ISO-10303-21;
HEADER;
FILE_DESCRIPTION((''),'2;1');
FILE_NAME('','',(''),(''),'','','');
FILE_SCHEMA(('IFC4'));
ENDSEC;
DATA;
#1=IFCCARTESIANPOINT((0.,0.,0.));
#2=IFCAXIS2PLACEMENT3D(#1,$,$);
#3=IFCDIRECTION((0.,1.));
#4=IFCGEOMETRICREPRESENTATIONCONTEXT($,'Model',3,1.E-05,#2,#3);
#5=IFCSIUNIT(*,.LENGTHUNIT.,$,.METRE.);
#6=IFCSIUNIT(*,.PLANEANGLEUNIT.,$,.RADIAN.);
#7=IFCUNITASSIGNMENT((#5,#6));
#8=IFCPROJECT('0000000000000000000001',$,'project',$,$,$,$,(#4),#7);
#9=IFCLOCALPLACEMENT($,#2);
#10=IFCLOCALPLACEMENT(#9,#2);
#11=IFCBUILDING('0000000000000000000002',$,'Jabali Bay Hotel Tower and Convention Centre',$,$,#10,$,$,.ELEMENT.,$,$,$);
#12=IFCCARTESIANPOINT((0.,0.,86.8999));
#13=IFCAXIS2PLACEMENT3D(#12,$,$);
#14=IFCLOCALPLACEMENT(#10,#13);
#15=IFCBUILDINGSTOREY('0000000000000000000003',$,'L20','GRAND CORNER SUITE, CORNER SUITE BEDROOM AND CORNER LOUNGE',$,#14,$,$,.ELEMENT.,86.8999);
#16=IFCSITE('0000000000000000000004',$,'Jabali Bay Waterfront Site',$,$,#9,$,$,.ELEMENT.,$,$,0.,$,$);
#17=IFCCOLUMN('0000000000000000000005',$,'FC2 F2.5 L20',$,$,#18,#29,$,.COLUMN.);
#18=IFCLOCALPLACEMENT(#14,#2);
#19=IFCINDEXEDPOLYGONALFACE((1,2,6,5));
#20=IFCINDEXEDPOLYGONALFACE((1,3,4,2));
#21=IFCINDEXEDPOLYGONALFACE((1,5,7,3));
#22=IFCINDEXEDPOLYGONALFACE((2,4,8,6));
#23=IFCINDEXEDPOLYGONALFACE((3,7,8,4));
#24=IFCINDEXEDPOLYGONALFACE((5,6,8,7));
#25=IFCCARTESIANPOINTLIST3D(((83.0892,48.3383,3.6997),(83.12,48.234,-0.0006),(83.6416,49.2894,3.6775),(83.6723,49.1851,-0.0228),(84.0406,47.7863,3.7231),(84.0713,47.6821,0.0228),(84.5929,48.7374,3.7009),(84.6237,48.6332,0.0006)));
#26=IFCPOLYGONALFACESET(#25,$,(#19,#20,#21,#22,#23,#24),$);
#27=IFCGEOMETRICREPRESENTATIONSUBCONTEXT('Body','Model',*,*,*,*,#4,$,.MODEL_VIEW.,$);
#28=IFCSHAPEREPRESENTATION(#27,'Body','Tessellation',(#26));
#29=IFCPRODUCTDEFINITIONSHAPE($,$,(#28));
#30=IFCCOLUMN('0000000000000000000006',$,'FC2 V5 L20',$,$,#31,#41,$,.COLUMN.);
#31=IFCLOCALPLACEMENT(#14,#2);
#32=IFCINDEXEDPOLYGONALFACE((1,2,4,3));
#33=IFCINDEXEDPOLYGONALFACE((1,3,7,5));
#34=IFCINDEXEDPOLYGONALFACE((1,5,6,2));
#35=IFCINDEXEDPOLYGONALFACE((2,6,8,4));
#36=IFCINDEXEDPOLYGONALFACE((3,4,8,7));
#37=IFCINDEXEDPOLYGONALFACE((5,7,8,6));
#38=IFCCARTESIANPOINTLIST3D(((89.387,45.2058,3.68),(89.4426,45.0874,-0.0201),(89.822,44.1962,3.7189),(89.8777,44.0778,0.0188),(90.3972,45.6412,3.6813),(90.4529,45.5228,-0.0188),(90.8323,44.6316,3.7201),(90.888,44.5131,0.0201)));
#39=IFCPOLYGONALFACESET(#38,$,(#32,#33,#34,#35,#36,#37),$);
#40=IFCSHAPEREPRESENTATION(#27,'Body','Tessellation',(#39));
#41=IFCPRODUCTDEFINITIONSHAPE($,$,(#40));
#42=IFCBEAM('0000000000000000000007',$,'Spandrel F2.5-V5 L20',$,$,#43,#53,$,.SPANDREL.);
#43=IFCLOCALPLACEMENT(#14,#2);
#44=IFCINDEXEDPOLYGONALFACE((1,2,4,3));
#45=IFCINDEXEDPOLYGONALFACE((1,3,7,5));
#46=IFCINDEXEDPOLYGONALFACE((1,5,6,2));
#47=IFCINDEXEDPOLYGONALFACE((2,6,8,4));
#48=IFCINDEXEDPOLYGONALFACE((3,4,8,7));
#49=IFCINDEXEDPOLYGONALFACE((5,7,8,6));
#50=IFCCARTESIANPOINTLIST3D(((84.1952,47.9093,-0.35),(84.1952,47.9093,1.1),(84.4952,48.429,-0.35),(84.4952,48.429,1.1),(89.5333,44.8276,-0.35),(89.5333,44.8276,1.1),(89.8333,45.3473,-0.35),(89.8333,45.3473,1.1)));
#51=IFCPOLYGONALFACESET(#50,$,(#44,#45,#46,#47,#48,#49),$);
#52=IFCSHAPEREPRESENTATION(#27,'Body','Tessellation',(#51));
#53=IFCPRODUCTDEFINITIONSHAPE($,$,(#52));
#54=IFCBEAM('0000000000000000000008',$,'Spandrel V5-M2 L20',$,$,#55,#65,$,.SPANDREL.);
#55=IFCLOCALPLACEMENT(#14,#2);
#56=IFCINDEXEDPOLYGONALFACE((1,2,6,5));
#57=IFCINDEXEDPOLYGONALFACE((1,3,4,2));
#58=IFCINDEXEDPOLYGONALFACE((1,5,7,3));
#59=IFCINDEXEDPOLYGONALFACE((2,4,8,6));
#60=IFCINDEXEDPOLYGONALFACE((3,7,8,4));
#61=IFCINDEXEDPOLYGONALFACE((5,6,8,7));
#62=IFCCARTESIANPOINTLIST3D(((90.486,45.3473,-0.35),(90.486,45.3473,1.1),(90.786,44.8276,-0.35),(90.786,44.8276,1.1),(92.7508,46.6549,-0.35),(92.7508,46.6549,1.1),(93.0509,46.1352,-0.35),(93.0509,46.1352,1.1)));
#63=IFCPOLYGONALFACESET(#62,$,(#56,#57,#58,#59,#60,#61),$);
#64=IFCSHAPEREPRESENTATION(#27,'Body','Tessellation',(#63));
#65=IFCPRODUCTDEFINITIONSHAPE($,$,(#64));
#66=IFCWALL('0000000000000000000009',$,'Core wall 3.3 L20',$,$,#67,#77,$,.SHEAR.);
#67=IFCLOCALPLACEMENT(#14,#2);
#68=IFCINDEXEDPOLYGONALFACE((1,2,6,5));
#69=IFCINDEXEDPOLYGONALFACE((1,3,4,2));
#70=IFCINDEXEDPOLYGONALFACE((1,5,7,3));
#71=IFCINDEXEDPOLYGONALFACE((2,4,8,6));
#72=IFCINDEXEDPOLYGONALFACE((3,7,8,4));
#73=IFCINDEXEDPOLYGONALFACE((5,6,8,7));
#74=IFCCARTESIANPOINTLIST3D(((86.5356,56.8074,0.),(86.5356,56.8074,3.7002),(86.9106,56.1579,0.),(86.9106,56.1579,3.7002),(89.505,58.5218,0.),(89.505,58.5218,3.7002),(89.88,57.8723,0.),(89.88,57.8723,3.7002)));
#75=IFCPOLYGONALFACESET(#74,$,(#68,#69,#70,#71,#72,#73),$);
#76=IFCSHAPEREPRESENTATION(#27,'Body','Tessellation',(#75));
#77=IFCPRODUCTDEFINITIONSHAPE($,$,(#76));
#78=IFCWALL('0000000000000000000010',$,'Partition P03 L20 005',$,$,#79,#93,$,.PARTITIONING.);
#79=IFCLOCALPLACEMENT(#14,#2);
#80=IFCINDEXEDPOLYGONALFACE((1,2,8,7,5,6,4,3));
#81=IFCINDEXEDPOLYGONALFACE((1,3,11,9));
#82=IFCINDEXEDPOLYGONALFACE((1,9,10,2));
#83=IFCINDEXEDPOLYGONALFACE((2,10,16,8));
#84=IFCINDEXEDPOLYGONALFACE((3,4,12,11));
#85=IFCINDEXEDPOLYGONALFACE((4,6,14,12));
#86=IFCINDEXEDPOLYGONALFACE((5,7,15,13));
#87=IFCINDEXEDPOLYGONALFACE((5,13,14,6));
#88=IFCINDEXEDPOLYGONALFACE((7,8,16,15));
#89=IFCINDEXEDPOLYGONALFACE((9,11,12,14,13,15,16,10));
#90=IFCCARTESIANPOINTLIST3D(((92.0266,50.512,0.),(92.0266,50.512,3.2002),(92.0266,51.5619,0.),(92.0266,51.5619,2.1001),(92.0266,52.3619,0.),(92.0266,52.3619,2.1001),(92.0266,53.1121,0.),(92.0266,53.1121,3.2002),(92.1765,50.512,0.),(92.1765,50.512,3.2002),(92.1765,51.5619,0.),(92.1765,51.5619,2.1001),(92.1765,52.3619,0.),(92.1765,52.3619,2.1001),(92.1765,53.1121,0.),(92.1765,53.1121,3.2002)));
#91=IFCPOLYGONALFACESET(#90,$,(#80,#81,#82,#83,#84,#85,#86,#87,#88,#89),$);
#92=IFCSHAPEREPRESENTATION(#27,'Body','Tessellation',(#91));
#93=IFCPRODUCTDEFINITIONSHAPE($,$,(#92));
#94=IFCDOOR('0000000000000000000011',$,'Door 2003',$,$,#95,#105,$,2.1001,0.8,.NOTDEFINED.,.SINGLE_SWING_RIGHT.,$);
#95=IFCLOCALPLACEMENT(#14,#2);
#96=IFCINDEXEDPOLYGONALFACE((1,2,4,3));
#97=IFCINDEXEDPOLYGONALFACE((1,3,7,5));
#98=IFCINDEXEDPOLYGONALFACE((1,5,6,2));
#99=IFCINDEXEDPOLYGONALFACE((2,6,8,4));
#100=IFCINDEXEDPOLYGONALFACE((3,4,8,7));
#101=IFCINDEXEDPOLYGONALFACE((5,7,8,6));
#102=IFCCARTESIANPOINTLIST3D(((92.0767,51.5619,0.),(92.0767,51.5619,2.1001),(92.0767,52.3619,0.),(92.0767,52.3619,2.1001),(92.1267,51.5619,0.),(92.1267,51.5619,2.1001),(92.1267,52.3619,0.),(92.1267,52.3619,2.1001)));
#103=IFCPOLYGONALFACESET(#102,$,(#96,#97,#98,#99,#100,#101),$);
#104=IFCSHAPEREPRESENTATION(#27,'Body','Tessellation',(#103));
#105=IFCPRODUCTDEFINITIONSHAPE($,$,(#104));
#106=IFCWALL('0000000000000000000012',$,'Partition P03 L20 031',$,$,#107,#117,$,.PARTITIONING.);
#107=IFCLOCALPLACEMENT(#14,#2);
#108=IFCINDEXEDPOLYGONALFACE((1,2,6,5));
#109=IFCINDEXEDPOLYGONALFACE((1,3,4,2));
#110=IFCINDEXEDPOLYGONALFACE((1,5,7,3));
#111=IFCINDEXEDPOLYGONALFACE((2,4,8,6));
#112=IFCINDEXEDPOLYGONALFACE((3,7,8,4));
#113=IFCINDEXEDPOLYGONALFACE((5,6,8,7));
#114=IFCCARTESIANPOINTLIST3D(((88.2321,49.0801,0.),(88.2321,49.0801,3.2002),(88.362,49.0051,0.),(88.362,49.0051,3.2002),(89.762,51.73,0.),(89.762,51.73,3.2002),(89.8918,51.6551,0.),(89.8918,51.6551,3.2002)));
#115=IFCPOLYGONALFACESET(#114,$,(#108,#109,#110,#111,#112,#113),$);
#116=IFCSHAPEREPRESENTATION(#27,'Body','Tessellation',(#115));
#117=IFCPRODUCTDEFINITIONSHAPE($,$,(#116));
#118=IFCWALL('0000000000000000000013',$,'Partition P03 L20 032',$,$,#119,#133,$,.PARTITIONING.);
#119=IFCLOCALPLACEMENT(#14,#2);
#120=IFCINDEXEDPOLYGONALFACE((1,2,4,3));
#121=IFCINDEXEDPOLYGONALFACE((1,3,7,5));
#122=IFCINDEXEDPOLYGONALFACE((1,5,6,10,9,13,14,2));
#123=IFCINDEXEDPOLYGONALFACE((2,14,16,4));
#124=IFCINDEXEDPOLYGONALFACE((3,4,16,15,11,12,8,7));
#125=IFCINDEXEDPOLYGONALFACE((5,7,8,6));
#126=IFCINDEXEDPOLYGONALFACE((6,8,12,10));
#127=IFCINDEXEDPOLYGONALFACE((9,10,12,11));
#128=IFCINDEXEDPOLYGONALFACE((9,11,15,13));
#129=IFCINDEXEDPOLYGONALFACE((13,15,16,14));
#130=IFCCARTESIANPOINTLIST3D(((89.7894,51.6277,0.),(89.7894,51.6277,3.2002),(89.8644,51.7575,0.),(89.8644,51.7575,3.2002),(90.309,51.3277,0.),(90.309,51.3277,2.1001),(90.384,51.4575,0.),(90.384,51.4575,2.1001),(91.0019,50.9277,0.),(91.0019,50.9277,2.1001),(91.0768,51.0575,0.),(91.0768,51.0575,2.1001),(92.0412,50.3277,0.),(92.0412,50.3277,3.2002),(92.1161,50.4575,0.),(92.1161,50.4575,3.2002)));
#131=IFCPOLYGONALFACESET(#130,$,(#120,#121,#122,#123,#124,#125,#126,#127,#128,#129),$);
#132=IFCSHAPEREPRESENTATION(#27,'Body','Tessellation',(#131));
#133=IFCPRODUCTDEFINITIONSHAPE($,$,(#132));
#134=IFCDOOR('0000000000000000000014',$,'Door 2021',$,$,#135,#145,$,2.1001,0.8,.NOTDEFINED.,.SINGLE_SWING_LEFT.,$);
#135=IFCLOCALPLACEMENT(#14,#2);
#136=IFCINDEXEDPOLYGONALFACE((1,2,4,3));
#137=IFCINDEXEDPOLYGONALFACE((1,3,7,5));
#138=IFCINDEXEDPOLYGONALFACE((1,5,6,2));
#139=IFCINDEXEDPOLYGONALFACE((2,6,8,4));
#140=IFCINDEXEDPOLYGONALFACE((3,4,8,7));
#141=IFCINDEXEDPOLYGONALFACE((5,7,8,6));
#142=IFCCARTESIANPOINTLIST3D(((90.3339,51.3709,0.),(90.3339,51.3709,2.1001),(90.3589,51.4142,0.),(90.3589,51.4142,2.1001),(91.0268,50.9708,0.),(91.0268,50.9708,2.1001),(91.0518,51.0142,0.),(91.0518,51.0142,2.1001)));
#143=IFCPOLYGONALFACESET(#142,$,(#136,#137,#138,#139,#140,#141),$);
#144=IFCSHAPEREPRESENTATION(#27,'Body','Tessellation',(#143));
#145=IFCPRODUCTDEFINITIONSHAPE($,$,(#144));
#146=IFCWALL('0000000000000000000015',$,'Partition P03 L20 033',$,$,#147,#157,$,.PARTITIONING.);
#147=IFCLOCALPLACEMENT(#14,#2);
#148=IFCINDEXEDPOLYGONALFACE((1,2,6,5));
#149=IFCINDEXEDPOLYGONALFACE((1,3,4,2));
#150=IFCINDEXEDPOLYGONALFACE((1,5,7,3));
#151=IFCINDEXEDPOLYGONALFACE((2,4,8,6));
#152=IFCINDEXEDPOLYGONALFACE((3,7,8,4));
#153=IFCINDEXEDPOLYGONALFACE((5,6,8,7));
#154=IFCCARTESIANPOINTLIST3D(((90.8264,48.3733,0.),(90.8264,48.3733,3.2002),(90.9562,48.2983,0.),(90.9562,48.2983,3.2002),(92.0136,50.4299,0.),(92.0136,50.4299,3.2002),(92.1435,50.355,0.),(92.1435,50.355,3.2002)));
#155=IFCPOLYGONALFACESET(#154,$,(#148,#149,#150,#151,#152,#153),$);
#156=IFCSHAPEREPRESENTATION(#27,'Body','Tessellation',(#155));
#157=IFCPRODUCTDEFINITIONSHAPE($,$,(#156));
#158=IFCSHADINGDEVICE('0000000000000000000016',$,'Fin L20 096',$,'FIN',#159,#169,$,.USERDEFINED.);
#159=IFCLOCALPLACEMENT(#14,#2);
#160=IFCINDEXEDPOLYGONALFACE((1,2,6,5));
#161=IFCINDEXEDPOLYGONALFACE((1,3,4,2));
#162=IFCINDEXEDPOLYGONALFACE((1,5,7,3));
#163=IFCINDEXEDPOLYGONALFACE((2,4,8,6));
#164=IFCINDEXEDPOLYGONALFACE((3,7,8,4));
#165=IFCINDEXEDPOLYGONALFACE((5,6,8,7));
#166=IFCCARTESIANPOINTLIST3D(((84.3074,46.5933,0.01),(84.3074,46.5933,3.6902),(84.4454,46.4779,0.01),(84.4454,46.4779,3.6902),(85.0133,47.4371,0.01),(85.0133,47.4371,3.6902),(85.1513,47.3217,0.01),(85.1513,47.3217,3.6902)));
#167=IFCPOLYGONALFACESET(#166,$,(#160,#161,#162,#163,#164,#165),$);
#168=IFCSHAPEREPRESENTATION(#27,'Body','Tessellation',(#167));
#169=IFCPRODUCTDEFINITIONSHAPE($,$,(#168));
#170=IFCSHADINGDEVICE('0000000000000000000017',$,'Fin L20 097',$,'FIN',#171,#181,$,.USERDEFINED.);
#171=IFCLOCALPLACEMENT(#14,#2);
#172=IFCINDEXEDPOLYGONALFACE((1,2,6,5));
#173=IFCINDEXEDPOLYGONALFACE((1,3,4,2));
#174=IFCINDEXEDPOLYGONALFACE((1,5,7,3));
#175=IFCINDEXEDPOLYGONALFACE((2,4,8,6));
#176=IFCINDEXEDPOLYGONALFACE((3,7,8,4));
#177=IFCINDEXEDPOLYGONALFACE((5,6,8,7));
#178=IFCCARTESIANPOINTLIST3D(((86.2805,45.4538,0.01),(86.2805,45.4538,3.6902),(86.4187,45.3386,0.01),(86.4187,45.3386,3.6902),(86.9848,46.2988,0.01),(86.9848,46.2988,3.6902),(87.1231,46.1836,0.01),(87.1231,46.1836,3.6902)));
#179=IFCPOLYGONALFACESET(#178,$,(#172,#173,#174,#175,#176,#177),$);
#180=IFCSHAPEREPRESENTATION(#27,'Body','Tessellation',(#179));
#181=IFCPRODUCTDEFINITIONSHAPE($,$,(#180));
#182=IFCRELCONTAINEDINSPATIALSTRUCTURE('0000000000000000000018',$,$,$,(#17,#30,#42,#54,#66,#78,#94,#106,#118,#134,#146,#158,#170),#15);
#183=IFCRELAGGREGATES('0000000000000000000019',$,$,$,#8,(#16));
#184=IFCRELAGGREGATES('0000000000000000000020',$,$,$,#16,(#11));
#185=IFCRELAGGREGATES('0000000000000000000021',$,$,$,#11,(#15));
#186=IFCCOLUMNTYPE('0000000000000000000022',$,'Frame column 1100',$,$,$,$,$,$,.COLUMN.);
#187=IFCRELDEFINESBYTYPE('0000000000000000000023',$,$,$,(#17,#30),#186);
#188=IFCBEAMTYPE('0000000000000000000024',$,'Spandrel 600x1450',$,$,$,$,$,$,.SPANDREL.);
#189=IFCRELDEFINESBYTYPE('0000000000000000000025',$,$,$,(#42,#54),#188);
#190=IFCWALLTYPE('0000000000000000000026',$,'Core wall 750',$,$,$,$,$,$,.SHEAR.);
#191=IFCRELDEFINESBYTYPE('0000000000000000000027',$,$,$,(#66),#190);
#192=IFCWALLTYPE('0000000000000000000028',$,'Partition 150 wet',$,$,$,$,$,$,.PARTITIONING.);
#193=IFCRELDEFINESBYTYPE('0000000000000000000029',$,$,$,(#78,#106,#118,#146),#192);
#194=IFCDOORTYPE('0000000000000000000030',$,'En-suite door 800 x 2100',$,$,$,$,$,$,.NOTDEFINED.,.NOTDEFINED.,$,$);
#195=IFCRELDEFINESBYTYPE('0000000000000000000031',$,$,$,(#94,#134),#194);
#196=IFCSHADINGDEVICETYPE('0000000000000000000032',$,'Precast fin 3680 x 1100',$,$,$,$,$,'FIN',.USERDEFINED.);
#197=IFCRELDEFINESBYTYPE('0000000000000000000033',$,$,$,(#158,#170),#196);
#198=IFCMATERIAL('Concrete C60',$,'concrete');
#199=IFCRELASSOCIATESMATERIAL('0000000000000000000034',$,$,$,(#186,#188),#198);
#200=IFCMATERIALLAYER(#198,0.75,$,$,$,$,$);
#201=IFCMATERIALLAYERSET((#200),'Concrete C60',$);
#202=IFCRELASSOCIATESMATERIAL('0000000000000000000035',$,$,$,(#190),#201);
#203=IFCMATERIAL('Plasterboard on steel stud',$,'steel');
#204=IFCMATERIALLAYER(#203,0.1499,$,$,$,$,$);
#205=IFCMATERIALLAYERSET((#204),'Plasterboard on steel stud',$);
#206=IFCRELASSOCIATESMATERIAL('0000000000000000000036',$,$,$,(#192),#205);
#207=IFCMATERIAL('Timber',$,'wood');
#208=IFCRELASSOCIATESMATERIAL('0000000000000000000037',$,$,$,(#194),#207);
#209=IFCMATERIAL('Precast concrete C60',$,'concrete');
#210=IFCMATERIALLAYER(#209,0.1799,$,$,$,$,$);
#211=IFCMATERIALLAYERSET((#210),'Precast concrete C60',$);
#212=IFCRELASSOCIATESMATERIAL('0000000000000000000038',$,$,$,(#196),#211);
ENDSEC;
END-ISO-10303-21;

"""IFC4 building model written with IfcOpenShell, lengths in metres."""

from ifc_helpers import new_model, si_unit, direction, frame, frame_2d, origin, origin_2d, place, context, subcontext, project, spatial, rectangle, extrude, material, layer, layer_set, material_profile, profile_set, type_object, element, fill, save


model = new_model("IFC4")

# Units and contexts
model_context = context("Model", 3, precision=1e-05, world=origin(), true_north=direction((0.0, 1.0)))
body_context = subcontext(model_context, "Body", "Model", "MODEL_VIEW")
ifc_project = project(units=[si_unit("LENGTHUNIT", "METRE"), si_unit("PLANEANGLEUNIT", "RADIAN")], contexts=[model_context])

# Site, building, storey
site_placement = place(None, origin())
site = spatial("IfcSite", under=ifc_project, at=site_placement, Name="Jabali Bay Waterfront Site", CompositionType="ELEMENT", RefElevation=0.0)
building_placement = place(site_placement, origin())
building = spatial("IfcBuilding", under=site, at=building_placement, Name="Jabali Bay Hotel Tower and Convention Centre", CompositionType="ELEMENT")
storey_placement = place(building_placement, frame((0.0, 0.0, 86.8999)))
storey = spatial("IfcBuildingStorey", under=building, at=storey_placement, Name="L20", Description="GRAND CORNER SUITE, CORNER SUITE BEDROOM AND CORNER LOUNGE", CompositionType="ELEMENT", Elevation=86.8999)

# Columns
ifc_material_1 = material(Name="Concrete C60", Category="concrete")
ifc_material_profile_1 = material_profile(ifc_material_1, rectangle(XDim=1.1001, YDim=1.1001, at=origin_2d()), Name="Frame column 1100")
ifc_profile_set_1 = profile_set([ifc_material_profile_1], Name="Concrete C60")
column_type = type_object("IfcColumnType", Name="Frame column 1100", PredefinedType="COLUMN", material=ifc_profile_set_1)
column_1_placement = place(storey_placement, frame((83.8718, 48.4336, 0.0), z_axis=(-0.00831, 0.028162, 0.999569), x_axis=(-0.502094, -0.864577, 0.020184)))
element("IfcColumn", 1, at=column_1_placement, inside=storey, type_object=column_type, Name="FC2 F2.5 L20", PredefinedType="COLUMN", context=body_context, shape_type="SweptSolid", body=[
    extrude(rectangle(XDim=1.1001, YDim=1.1001, at=origin_2d()), origin(), (0.0, 0.0, 1.0), 3.7019),
])
column_2_placement = place(storey_placement, frame((90.1653, 44.8003, 0.0), z_axis=(-0.015034, 0.031981, 0.999375), x_axis=(0.395477, -0.917797, 0.035319)))
element("IfcColumn", 2, at=column_2_placement, inside=storey, type_object=column_type, Name="FC2 V5 L20", PredefinedType="COLUMN", context=body_context, shape_type="SweptSolid", body=[
    extrude(rectangle(XDim=1.1001, YDim=1.1001, at=origin_2d()), origin(), (0.0, 0.0, 1.0), 3.7024),
])

# Beams
ifc_material_profile_2 = material_profile(ifc_material_1, rectangle(XDim=0.6001, YDim=1.45, at=origin_2d()), Name="Spandrel 600x1450")
ifc_profile_set_2 = profile_set([ifc_material_profile_2], Name="Concrete C60")
beam_type = type_object("IfcBeamType", Name="Spandrel 600x1450", PredefinedType="SPANDREL", material=ifc_profile_set_2)
beam_1_placement = place(storey_placement, frame((84.3452, 48.1692, 0.375), z_axis=(0.866039, -0.499977, 0.0), x_axis=(0.499977, 0.866039, 0.0)))
element("IfcBeam", 3, at=beam_1_placement, inside=storey, type_object=beam_type, Name="Spandrel F2.5-V5 L20", PredefinedType="SPANDREL", context=body_context, shape_type="SweptSolid", body=[
    extrude(rectangle(XDim=0.6001, YDim=1.45, at=origin_2d()), origin(), (0.0, 0.0, 1.0), 6.1638),
])
beam_2_placement = place(storey_placement, frame((90.636, 45.0874, 0.375), z_axis=(0.866029, 0.499995, 0.0), x_axis=(-0.499995, 0.866029, 0.0)))
element("IfcBeam", 4, at=beam_2_placement, inside=storey, type_object=beam_type, Name="Spandrel V5-M2 L20", PredefinedType="SPANDREL", context=body_context, shape_type="SweptSolid", body=[
    extrude(rectangle(XDim=0.6001, YDim=1.45, at=origin_2d()), origin(), (0.0, 0.0, 1.0), 2.6152),
])

# Wall
ifc_layer_1 = layer(ifc_material_1, 0.75)
ifc_layer_set_1 = layer_set([ifc_layer_1], Name="Concrete C60")
wall_type_1 = type_object("IfcWallType", Name="Core wall 750", PredefinedType="SHEAR", material=ifc_layer_set_1)
wall_1_placement = place(storey_placement, frame((86.7231, 56.4827, 0.0), z_axis=(0.0, 0.0, 1.0), x_axis=(0.866017, 0.500014, 0.0)))
element("IfcWall", 5, at=wall_1_placement, inside=storey, type_object=wall_type_1, Name="Core wall 3.3 L20", PredefinedType="SHEAR", context=body_context, shape_type="SweptSolid", body=[
    extrude(rectangle(XDim=3.4287, YDim=0.75, at=frame_2d((1.7144, 0.0))), origin(), (0.0, 0.0, 1.0), 3.7002),
])

# Wall, opening, door
ifc_material_2 = material(Name="Plasterboard on steel stud", Category="steel")
ifc_layer_2 = layer(ifc_material_2, 0.1499)
ifc_layer_set_2 = layer_set([ifc_layer_2], Name="Plasterboard on steel stud")
wall_type_2 = type_object("IfcWallType", Name="Partition 150 wet", PredefinedType="PARTITIONING", material=ifc_layer_set_2)
wall_2_placement = place(storey_placement, frame((92.1016, 50.512, 0.0), z_axis=(0.0, 0.0, 1.0), x_axis=(0.0, 1.0, 0.0)))
wall_2 = element("IfcWall", 6, at=wall_2_placement, inside=storey, type_object=wall_type_2, Name="Partition P03 L20 005", PredefinedType="PARTITIONING", context=body_context, shape_type="SweptSolid", body=[
    extrude(rectangle(XDim=2.6001, YDim=0.1499, at=frame_2d((1.3, 0.0))), origin(), (0.0, 0.0, 1.0), 3.2002),
])
opening_1_placement = place(wall_2_placement, frame((1.05, 0.0, 0.0)))
opening_1 = element("IfcOpeningElement", 7, at=opening_1_placement, cuts=wall_2, PredefinedType="OPENING", context=body_context, shape_type="SweptSolid", body=[
    extrude(rectangle(XDim=0.8, YDim=2.1001, at=frame_2d((0.3999, 1.05))), frame((0.0, 0.0854, 0.0), z_axis=(0.0, -1.0, 0.0), x_axis=(1.0, 0.0, 0.0)), (0.0, 0.0, 1.0), 0.1709),
])
ifc_material_3 = material(Name="Timber", Category="wood")
door_type_1 = type_object("IfcDoorType", Name="En-suite door 800 x 2100", OperationType="NOTDEFINED", PredefinedType="NOTDEFINED", material=ifc_material_3)
door_1_placement = place(opening_1_placement, origin())
door_1 = element("IfcDoor", 8, at=door_1_placement, inside=storey, type_object=door_type_1, Name="Door 2003", OperationType="SINGLE_SWING_RIGHT", OverallHeight=2.1001, OverallWidth=0.8, PredefinedType="NOTDEFINED", context=body_context, shape_type="SweptSolid", body=[
    extrude(rectangle(XDim=0.8, YDim=2.1001, at=frame_2d((0.3999, 1.05))), frame((0.0, 0.0249, 0.0), z_axis=(0.0, -1.0, 0.0), x_axis=(1.0, 0.0, 0.0)), (0.0, 0.0, 1.0), 0.05),
])
fill(opening_1, door_1)

# Wall
wall_3_placement = place(storey_placement, frame((88.2971, 49.0427, 0.0), z_axis=(0.0, 0.0, 1.0), x_axis=(0.499966, 0.866045, 0.0)))
element("IfcWall", 9, at=wall_3_placement, inside=storey, type_object=wall_type_2, Name="Partition P03 L20 031", PredefinedType="PARTITIONING", context=body_context, shape_type="SweptSolid", body=[
    extrude(rectangle(XDim=3.0598, YDim=0.1499, at=frame_2d((1.5298, 0.0))), origin(), (0.0, 0.0, 1.0), 3.2002),
])

# Wall, opening, door
wall_4_placement = place(storey_placement, frame((89.8269, 51.6926, 0.0), z_axis=(0.0, 0.0, 1.0), x_axis=(0.866021, -0.500007, 0.0)))
wall_4 = element("IfcWall", 10, at=wall_4_placement, inside=storey, type_object=wall_type_2, Name="Partition P03 L20 032", PredefinedType="PARTITIONING", context=body_context, shape_type="SweptSolid", body=[
    extrude(rectangle(XDim=2.6001, YDim=0.1499, at=frame_2d((1.3, 0.0))), origin(), (0.0, 0.0, 1.0), 3.2002),
])
opening_2_placement = place(wall_4_placement, frame((0.6001, 0.0, 0.0)))
opening_2 = element("IfcOpeningElement", 11, at=opening_2_placement, cuts=wall_4, PredefinedType="OPENING", context=body_context, shape_type="SweptSolid", body=[
    extrude(rectangle(XDim=0.8, YDim=2.1001, at=frame_2d((0.3999, 1.05))), frame((0.0, 0.0854, 0.0), z_axis=(0.0, -1.0, 0.0), x_axis=(1.0, 0.0, 0.0)), (0.0, 0.0, 1.0), 0.1709),
])
door_2_placement = place(opening_2_placement, origin())
door_2 = element("IfcDoor", 12, at=door_2_placement, inside=storey, type_object=door_type_1, Name="Door 2021", OperationType="SINGLE_SWING_LEFT", OverallHeight=2.1001, OverallWidth=0.8, PredefinedType="NOTDEFINED", context=body_context, shape_type="SweptSolid", body=[
    extrude(rectangle(XDim=0.8, YDim=2.1001, at=frame_2d((0.3999, 1.05))), frame((0.0, 0.0249, 0.0), z_axis=(0.0, -1.0, 0.0), x_axis=(1.0, 0.0, 0.0)), (0.0, 0.0, 1.0), 0.05),
])
fill(opening_2, door_2)

# Wall
wall_5_placement = place(storey_placement, frame((92.0786, 50.3926, 0.0), z_axis=(0.0, 0.0, 1.0), x_axis=(-0.499954, -0.866052, 0.0)))
element("IfcWall", 13, at=wall_5_placement, inside=storey, type_object=wall_type_2, Name="Partition P03 L20 033", PredefinedType="PARTITIONING", context=body_context, shape_type="SweptSolid", body=[
    extrude(rectangle(XDim=2.3748, YDim=0.1499, at=frame_2d((1.1875, 0.0))), origin(), (0.0, 0.0, 1.0), 3.2002),
])

# Shading devices
ifc_material_4 = material(Name="Precast concrete C60", Category="concrete")
ifc_layer_3 = layer(ifc_material_4, 0.1799)
ifc_layer_set_3 = layer_set([ifc_layer_3], Name="Precast concrete C60")
shading_device_type_1 = type_object("IfcShadingDeviceType", Name="Precast fin 3680 x 1100", ElementType="FIN", PredefinedType="USERDEFINED", material=ifc_layer_set_3)
for number, where, z_axis, x_axis, name in (
    (14, (85.0823, 47.3794, 0.01), (0.0, 0.0, 1.0), (-0.641624, -0.767019, 0.0), "Fin L20 096"),
    (15, (87.054, 46.2412, 0.01), (0.0, 0.0, 1.0), (-0.640294, -0.76813, 0.0), "Fin L20 097"),
):
    element("IfcShadingDevice", number, at=place(storey_placement, frame(where, z_axis=z_axis, x_axis=x_axis)), inside=storey, type_object=shading_device_type_1, Name=name, ObjectType="FIN", PredefinedType="USERDEFINED", context=body_context, shape_type="SweptSolid", body=[
        extrude(rectangle(XDim=1.1001, YDim=0.1799, at=frame_2d((0.55, 0.0))), origin(), (0.0, 0.0, 1.0), 3.6802),
    ])

save(model, "model.ifc")
